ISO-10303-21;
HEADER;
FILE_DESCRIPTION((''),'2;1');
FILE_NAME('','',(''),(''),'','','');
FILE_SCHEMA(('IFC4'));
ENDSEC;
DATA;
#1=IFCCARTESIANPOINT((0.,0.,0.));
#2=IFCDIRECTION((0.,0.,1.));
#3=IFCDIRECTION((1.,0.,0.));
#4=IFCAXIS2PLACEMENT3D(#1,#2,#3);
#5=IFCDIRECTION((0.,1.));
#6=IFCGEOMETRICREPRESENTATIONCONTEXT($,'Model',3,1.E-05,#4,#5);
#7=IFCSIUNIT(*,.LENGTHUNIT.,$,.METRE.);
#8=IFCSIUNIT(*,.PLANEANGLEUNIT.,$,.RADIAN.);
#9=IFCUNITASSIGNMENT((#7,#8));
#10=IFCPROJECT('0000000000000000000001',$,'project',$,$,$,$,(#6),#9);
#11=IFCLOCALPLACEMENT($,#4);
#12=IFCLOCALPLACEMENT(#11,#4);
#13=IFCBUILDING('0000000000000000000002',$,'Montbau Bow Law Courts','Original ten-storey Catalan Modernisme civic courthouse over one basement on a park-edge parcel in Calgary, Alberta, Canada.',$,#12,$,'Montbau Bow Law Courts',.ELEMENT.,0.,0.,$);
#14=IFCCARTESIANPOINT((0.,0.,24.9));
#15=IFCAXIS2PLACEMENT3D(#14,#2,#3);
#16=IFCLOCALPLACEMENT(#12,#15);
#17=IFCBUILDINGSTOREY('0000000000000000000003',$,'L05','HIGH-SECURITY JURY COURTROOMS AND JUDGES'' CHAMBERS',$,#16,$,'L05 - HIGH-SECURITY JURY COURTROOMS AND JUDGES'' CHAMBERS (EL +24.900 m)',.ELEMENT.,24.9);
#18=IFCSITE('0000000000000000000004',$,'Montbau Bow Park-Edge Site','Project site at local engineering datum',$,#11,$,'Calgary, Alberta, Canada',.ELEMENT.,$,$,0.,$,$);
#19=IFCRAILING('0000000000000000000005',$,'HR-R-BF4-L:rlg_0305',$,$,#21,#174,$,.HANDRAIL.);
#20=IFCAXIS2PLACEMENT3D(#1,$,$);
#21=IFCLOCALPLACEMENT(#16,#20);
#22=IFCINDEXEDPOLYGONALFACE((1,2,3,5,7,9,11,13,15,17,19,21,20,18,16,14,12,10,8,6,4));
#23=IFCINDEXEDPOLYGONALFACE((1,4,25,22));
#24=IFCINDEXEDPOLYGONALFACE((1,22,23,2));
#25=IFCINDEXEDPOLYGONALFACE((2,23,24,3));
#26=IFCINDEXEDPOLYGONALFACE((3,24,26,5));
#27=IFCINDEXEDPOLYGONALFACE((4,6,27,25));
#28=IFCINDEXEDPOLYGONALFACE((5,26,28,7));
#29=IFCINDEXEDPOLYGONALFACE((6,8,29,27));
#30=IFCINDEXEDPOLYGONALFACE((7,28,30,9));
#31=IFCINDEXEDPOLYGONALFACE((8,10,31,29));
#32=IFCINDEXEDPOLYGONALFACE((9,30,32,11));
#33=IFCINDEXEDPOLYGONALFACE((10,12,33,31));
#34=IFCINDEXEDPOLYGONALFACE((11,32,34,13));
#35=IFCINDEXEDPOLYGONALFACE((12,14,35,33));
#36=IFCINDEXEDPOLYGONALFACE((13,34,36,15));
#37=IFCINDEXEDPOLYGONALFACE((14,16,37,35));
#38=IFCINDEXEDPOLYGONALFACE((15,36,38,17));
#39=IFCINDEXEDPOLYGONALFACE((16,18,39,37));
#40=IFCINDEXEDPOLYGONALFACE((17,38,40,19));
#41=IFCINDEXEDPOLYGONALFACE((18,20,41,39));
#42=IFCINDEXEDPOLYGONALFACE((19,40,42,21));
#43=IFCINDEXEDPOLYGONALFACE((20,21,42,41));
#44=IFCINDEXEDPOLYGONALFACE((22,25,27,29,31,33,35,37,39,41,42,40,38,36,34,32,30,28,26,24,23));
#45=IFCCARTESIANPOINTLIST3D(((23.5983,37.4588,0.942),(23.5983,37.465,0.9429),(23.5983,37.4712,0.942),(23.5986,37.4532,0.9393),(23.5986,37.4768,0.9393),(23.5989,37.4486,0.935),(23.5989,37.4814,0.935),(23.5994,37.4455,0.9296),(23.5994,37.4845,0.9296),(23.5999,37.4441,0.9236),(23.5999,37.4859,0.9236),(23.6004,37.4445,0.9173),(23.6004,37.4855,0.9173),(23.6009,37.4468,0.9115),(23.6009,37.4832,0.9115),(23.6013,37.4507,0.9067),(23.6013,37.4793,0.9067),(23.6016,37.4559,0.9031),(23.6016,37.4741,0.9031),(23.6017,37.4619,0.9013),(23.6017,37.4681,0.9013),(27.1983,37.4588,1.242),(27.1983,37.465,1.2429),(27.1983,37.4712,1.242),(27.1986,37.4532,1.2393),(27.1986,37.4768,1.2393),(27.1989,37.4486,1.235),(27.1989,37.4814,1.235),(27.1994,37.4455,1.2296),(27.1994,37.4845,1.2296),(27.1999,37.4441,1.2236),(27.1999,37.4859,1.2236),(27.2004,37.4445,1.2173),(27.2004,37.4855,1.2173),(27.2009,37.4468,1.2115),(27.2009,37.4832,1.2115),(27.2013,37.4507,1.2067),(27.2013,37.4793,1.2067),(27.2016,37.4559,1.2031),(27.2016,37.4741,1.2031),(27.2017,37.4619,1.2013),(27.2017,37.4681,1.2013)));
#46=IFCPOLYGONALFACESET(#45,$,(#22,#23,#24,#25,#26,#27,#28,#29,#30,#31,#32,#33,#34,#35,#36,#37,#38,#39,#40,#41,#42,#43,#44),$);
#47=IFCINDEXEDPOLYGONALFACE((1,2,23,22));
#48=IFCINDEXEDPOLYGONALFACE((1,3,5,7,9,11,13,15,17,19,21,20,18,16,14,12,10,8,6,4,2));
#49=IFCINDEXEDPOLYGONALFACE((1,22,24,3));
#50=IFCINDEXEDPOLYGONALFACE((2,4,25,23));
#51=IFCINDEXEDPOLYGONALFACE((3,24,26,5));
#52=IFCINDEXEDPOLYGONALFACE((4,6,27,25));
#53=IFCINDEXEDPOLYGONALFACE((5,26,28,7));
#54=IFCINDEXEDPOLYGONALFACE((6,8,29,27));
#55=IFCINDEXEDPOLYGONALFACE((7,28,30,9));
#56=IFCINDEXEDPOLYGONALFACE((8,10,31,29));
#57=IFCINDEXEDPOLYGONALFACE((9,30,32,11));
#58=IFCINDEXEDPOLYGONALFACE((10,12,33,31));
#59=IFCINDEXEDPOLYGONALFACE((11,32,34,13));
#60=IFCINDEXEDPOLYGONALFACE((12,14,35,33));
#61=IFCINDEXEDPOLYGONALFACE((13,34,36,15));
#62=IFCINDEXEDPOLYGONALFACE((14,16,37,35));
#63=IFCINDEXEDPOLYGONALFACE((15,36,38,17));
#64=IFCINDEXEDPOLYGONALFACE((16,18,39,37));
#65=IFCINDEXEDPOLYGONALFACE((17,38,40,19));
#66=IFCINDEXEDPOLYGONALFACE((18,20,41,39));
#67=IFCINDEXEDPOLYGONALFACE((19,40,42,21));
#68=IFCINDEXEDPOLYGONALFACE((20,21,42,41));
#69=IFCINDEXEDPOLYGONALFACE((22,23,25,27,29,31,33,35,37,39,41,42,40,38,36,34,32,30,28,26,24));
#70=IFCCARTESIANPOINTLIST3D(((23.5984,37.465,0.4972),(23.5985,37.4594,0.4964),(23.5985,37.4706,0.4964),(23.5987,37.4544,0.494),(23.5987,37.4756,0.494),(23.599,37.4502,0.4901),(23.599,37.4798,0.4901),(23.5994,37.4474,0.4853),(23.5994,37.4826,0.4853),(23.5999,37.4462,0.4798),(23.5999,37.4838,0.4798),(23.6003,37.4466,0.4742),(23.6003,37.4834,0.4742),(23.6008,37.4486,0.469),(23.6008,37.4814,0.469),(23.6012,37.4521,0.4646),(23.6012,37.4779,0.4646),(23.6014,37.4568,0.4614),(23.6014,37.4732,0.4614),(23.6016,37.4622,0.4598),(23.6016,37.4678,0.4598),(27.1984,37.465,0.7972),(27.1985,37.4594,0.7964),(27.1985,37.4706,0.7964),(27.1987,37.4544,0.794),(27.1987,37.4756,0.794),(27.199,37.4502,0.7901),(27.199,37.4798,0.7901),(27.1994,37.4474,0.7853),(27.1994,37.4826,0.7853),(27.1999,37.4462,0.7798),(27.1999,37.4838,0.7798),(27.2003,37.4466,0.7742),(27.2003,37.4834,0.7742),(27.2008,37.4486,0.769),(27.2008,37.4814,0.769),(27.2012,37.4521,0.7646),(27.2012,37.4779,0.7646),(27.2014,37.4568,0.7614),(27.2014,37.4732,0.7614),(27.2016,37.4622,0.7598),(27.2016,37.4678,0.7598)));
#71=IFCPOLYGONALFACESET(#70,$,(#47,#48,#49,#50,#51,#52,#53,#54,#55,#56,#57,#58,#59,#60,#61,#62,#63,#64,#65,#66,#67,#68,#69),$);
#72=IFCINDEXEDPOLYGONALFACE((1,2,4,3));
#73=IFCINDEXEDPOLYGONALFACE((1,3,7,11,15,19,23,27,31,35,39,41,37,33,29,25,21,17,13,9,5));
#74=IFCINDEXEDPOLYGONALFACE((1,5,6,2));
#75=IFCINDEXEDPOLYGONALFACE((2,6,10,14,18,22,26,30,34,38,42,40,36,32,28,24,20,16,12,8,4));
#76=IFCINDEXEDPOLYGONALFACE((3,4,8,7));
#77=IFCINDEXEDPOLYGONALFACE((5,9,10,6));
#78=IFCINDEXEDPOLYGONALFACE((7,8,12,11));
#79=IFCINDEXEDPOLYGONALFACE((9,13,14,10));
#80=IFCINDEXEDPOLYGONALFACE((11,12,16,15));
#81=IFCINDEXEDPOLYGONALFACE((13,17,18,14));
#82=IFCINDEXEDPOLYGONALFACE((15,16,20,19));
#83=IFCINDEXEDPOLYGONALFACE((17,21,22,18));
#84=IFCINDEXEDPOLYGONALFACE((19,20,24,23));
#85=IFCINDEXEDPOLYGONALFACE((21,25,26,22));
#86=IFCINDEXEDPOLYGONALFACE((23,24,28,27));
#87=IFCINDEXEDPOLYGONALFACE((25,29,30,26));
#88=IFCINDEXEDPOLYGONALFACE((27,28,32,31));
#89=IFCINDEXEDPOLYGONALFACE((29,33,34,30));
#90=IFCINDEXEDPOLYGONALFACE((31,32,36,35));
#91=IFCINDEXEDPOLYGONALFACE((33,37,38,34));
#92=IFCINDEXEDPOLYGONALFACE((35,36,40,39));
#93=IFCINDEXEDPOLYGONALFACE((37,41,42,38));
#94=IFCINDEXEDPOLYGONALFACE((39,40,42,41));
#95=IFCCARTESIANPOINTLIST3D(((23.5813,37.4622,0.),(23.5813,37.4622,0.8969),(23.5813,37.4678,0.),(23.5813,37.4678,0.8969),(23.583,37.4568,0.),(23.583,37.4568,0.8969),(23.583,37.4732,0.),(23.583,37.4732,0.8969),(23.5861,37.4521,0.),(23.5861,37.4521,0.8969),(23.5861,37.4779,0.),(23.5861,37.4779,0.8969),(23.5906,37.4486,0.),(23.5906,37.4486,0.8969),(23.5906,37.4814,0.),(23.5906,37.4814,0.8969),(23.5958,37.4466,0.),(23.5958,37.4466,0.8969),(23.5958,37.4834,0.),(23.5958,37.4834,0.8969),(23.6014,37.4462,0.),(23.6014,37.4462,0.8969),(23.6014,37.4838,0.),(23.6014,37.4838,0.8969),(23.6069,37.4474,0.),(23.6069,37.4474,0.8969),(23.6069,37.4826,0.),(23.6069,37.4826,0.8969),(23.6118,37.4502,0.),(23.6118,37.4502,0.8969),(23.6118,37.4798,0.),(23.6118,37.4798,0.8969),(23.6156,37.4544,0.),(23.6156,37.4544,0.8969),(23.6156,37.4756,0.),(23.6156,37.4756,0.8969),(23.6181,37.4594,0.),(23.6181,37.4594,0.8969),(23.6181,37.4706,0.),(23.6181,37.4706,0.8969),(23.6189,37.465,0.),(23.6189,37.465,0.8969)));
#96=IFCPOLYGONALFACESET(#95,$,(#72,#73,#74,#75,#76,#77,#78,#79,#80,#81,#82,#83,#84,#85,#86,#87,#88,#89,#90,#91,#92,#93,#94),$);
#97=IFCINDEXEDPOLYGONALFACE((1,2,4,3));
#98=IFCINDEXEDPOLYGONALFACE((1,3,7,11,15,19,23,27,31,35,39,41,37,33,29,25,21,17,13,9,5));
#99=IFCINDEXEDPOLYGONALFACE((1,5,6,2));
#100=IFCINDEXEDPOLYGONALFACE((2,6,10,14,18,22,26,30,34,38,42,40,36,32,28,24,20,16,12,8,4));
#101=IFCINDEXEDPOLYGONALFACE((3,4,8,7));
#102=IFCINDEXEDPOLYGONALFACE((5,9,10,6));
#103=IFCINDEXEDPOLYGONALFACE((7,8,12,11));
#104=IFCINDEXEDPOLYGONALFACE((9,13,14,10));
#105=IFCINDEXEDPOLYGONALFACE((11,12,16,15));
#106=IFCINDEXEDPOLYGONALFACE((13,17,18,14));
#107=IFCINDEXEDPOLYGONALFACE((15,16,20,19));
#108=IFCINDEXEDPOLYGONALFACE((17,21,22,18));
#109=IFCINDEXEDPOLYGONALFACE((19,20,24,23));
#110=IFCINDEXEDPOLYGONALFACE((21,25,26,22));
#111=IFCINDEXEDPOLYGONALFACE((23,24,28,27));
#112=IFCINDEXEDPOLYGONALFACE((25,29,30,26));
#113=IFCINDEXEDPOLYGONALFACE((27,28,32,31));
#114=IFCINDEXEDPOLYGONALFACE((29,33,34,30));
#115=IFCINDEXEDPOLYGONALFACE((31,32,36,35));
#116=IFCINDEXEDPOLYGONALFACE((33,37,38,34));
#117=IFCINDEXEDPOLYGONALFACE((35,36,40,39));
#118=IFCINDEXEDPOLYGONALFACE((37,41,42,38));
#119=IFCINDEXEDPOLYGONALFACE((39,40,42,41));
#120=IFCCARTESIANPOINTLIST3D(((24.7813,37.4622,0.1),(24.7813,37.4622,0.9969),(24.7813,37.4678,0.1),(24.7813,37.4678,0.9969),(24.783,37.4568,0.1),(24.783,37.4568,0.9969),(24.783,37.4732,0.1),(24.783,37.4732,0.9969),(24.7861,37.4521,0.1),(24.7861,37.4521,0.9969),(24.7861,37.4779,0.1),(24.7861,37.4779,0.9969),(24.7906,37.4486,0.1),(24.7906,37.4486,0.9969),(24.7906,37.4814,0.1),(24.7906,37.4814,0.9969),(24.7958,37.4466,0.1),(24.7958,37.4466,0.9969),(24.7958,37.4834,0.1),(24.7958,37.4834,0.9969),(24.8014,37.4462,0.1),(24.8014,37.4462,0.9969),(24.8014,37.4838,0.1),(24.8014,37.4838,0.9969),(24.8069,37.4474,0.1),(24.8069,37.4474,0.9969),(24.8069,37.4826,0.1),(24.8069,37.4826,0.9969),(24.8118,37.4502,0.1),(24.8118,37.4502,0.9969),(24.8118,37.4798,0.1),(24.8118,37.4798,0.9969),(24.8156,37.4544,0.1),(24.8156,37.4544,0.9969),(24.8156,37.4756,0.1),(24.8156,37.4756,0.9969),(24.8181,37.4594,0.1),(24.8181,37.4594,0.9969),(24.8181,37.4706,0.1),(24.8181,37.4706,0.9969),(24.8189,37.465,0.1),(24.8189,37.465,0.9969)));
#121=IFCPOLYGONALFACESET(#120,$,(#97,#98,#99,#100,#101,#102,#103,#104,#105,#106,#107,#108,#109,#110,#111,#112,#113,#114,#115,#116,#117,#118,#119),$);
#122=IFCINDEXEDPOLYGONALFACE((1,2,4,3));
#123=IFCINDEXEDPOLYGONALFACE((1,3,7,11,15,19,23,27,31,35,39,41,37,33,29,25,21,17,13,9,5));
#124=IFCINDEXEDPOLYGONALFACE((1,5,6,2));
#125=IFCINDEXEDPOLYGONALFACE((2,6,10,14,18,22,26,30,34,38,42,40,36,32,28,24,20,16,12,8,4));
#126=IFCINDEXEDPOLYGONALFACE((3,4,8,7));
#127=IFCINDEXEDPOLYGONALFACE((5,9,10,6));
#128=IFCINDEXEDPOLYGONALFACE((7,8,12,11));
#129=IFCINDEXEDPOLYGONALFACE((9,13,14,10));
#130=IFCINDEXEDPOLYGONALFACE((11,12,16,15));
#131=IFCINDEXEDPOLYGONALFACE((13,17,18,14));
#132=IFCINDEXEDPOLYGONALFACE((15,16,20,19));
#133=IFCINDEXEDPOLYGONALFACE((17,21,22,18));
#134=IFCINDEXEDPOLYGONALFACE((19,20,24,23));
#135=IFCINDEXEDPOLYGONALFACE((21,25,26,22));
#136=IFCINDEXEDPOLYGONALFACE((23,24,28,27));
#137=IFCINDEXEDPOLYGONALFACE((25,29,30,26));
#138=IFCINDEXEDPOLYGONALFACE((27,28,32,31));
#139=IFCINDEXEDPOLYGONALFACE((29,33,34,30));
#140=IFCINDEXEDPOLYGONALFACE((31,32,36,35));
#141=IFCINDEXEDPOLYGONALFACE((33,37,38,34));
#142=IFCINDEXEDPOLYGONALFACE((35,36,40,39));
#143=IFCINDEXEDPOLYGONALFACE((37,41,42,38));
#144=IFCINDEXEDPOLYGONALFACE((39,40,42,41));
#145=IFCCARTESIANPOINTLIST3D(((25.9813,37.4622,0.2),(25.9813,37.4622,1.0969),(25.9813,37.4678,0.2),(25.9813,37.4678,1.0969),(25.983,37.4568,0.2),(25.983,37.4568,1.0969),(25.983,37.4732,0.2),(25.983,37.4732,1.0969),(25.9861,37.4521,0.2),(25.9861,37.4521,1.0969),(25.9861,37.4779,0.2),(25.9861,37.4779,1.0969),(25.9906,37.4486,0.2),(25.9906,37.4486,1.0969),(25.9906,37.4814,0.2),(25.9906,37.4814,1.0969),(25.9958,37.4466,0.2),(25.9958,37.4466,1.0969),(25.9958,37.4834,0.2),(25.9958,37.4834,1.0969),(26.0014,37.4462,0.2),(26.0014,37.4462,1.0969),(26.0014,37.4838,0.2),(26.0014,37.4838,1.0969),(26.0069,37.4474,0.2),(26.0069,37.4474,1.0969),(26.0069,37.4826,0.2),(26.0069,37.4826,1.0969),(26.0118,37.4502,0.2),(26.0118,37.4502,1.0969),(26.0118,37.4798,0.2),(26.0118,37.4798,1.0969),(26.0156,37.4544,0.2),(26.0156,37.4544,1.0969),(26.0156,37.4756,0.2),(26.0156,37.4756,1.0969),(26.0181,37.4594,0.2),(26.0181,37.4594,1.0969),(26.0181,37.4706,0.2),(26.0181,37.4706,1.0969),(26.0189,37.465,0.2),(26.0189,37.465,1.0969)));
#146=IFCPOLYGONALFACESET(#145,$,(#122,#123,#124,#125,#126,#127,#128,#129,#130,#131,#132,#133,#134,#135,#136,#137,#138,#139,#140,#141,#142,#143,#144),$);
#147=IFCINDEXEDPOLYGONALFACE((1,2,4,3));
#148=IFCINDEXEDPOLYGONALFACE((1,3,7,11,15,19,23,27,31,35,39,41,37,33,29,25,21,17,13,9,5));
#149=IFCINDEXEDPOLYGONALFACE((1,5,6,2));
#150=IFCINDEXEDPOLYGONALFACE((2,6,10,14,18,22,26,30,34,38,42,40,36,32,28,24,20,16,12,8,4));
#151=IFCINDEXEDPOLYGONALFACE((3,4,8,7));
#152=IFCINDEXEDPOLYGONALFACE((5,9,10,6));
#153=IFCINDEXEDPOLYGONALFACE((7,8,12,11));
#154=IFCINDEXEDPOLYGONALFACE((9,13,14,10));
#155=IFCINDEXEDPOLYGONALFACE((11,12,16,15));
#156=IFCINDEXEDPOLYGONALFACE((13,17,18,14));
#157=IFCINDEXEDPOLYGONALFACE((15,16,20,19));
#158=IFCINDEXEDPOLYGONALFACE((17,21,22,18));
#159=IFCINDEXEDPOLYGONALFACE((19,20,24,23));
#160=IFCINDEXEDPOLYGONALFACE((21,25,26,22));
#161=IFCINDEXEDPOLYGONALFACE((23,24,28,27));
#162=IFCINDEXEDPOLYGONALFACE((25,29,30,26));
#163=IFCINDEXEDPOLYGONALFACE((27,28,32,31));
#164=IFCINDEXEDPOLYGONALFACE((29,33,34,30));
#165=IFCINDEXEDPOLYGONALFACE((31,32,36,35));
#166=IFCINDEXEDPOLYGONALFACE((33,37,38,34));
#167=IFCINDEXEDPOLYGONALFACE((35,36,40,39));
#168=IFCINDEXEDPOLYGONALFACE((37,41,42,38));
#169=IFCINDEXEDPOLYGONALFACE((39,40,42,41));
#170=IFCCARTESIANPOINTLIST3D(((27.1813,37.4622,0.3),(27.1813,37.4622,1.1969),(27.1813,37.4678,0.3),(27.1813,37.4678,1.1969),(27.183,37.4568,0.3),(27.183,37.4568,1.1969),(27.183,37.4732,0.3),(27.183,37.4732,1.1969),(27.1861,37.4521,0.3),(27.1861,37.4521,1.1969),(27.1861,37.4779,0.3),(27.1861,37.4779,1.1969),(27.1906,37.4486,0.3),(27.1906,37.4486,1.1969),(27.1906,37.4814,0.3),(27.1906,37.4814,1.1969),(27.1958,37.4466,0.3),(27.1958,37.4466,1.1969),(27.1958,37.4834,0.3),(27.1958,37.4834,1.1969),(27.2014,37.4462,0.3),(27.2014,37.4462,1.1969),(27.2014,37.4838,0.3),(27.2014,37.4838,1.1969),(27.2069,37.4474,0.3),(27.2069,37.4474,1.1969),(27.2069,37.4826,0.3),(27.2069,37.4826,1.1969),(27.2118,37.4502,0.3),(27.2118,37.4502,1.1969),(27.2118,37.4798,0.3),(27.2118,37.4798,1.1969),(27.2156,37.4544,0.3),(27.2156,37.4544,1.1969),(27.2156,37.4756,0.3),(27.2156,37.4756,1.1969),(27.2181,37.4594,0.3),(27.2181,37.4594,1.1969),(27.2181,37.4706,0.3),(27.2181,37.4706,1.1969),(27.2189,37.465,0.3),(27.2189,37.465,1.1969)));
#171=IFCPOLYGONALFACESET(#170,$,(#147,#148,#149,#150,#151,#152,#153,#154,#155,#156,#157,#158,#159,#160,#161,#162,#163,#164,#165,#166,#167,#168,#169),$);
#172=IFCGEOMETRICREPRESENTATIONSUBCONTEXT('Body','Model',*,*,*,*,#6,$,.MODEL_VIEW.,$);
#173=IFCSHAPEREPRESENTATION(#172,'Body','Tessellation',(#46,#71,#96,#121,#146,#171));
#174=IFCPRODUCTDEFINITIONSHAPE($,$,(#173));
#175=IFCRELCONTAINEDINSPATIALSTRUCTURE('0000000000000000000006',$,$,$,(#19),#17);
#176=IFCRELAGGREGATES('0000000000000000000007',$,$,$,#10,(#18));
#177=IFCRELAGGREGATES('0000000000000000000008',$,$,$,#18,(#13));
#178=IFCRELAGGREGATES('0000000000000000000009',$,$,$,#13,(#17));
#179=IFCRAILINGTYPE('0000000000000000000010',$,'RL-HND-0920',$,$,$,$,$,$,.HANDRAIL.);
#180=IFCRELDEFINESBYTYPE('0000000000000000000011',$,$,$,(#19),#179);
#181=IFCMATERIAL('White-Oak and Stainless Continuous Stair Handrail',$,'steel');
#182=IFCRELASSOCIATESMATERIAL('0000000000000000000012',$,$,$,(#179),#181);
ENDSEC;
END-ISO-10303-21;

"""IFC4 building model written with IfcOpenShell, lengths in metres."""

from ifc_helpers import new_model, si_unit, direction, frame, origin_with_axes, origin_2d_with_axis, place, context, subcontext, project, spatial, circle, extrude, material, type_object, element, save


model = new_model("IFC4")

# Units and contexts
model_context = context("Model", 3, precision=1e-05, world=origin_with_axes(), true_north=direction((0.0, 1.0)))
body_context = subcontext(model_context, "Body", "Model", "MODEL_VIEW")
ifc_project = project(units=[si_unit("LENGTHUNIT", "METRE"), si_unit("PLANEANGLEUNIT", "RADIAN")], contexts=[model_context])

# Site, building, storey
site_placement = place(None, origin_with_axes())
site = spatial("IfcSite", under=ifc_project, at=site_placement, Name="Montbau Bow Park-Edge Site", Description="Project site at local engineering datum", LongName="Calgary, Alberta, Canada", CompositionType="ELEMENT", RefElevation=0.0)
building_placement = place(site_placement, origin_with_axes())
building = spatial("IfcBuilding", under=site, at=building_placement, Name="Montbau Bow Law Courts", Description="Original ten-storey Catalan Modernisme civic courthouse over one basement on a park-edge parcel in Calgary, Alberta, Canada.", LongName="Montbau Bow Law Courts", CompositionType="ELEMENT", ElevationOfRefHeight=0.0, ElevationOfTerrain=0.0)
storey_placement = place(building_placement, frame((0.0, 0.0, 24.9), z_axis=(0.0, 0.0, 1.0), x_axis=(1.0, 0.0, 0.0)))
storey = spatial("IfcBuildingStorey", under=building, at=storey_placement, Name="L05", Description="HIGH-SECURITY JURY COURTROOMS AND JUDGES' CHAMBERS", LongName="L05 - HIGH-SECURITY JURY COURTROOMS AND JUDGES' CHAMBERS (EL +24.900 m)", CompositionType="ELEMENT", Elevation=24.9)

# Railing
ifc_material_1 = material(Name="White-Oak and Stainless Continuous Stair Handrail", Category="steel")
railing_type_1 = type_object("IfcRailingType", Name="RL-HND-0920", PredefinedType="HANDRAIL", material=ifc_material_1)
railing_1_placement = place(None, origin_with_axes())
element("IfcRailing", 1, at=railing_1_placement, inside=storey, type_object=railing_type_1, Name="HR-R-BF4-L:rlg_0305", PredefinedType="HANDRAIL", context=body_context, shape_type="SweptSolid", body=[
    extrude(circle(Radius=0.021, at=origin_2d_with_axis()), frame((23.6, 37.465, 25.822), z_axis=(0.996546, 0.0, 0.083045), x_axis=(-0.083045, 0.0, 0.996546)), (0.0, 0.0, 1.0), 3.6125),
    extrude(circle(Radius=0.0189, at=origin_2d_with_axis()), frame((23.6, 37.465, 25.3784), z_axis=(0.996546, 0.0, 0.083045), x_axis=(-0.083045, 0.0, 0.996546)), (0.0, 0.0, 1.0), 3.6125),
    extrude(circle(Radius=0.0189, at=origin_2d_with_axis()), frame((23.6, 37.465, 24.9), z_axis=(0.0, 0.0, 1.0), x_axis=(1.0, 0.0, 0.0)), (0.0, 0.0, 1.0), 0.8969),
    extrude(circle(Radius=0.0189, at=origin_2d_with_axis()), frame((24.8, 37.465, 25.0), z_axis=(0.0, 0.0, 1.0), x_axis=(1.0, 0.0, 0.0)), (0.0, 0.0, 1.0), 0.8969),
    extrude(circle(Radius=0.0189, at=origin_2d_with_axis()), frame((26.0, 37.465, 25.1), z_axis=(0.0, 0.0, 1.0), x_axis=(1.0, 0.0, 0.0)), (0.0, 0.0, 1.0), 0.8969),
    extrude(circle(Radius=0.0189, at=origin_2d_with_axis()), frame((27.2, 37.465, 25.2), z_axis=(0.0, 0.0, 1.0), x_axis=(1.0, 0.0, 0.0)), (0.0, 0.0, 1.0), 0.8969),
])

save(model, "model.ifc")
